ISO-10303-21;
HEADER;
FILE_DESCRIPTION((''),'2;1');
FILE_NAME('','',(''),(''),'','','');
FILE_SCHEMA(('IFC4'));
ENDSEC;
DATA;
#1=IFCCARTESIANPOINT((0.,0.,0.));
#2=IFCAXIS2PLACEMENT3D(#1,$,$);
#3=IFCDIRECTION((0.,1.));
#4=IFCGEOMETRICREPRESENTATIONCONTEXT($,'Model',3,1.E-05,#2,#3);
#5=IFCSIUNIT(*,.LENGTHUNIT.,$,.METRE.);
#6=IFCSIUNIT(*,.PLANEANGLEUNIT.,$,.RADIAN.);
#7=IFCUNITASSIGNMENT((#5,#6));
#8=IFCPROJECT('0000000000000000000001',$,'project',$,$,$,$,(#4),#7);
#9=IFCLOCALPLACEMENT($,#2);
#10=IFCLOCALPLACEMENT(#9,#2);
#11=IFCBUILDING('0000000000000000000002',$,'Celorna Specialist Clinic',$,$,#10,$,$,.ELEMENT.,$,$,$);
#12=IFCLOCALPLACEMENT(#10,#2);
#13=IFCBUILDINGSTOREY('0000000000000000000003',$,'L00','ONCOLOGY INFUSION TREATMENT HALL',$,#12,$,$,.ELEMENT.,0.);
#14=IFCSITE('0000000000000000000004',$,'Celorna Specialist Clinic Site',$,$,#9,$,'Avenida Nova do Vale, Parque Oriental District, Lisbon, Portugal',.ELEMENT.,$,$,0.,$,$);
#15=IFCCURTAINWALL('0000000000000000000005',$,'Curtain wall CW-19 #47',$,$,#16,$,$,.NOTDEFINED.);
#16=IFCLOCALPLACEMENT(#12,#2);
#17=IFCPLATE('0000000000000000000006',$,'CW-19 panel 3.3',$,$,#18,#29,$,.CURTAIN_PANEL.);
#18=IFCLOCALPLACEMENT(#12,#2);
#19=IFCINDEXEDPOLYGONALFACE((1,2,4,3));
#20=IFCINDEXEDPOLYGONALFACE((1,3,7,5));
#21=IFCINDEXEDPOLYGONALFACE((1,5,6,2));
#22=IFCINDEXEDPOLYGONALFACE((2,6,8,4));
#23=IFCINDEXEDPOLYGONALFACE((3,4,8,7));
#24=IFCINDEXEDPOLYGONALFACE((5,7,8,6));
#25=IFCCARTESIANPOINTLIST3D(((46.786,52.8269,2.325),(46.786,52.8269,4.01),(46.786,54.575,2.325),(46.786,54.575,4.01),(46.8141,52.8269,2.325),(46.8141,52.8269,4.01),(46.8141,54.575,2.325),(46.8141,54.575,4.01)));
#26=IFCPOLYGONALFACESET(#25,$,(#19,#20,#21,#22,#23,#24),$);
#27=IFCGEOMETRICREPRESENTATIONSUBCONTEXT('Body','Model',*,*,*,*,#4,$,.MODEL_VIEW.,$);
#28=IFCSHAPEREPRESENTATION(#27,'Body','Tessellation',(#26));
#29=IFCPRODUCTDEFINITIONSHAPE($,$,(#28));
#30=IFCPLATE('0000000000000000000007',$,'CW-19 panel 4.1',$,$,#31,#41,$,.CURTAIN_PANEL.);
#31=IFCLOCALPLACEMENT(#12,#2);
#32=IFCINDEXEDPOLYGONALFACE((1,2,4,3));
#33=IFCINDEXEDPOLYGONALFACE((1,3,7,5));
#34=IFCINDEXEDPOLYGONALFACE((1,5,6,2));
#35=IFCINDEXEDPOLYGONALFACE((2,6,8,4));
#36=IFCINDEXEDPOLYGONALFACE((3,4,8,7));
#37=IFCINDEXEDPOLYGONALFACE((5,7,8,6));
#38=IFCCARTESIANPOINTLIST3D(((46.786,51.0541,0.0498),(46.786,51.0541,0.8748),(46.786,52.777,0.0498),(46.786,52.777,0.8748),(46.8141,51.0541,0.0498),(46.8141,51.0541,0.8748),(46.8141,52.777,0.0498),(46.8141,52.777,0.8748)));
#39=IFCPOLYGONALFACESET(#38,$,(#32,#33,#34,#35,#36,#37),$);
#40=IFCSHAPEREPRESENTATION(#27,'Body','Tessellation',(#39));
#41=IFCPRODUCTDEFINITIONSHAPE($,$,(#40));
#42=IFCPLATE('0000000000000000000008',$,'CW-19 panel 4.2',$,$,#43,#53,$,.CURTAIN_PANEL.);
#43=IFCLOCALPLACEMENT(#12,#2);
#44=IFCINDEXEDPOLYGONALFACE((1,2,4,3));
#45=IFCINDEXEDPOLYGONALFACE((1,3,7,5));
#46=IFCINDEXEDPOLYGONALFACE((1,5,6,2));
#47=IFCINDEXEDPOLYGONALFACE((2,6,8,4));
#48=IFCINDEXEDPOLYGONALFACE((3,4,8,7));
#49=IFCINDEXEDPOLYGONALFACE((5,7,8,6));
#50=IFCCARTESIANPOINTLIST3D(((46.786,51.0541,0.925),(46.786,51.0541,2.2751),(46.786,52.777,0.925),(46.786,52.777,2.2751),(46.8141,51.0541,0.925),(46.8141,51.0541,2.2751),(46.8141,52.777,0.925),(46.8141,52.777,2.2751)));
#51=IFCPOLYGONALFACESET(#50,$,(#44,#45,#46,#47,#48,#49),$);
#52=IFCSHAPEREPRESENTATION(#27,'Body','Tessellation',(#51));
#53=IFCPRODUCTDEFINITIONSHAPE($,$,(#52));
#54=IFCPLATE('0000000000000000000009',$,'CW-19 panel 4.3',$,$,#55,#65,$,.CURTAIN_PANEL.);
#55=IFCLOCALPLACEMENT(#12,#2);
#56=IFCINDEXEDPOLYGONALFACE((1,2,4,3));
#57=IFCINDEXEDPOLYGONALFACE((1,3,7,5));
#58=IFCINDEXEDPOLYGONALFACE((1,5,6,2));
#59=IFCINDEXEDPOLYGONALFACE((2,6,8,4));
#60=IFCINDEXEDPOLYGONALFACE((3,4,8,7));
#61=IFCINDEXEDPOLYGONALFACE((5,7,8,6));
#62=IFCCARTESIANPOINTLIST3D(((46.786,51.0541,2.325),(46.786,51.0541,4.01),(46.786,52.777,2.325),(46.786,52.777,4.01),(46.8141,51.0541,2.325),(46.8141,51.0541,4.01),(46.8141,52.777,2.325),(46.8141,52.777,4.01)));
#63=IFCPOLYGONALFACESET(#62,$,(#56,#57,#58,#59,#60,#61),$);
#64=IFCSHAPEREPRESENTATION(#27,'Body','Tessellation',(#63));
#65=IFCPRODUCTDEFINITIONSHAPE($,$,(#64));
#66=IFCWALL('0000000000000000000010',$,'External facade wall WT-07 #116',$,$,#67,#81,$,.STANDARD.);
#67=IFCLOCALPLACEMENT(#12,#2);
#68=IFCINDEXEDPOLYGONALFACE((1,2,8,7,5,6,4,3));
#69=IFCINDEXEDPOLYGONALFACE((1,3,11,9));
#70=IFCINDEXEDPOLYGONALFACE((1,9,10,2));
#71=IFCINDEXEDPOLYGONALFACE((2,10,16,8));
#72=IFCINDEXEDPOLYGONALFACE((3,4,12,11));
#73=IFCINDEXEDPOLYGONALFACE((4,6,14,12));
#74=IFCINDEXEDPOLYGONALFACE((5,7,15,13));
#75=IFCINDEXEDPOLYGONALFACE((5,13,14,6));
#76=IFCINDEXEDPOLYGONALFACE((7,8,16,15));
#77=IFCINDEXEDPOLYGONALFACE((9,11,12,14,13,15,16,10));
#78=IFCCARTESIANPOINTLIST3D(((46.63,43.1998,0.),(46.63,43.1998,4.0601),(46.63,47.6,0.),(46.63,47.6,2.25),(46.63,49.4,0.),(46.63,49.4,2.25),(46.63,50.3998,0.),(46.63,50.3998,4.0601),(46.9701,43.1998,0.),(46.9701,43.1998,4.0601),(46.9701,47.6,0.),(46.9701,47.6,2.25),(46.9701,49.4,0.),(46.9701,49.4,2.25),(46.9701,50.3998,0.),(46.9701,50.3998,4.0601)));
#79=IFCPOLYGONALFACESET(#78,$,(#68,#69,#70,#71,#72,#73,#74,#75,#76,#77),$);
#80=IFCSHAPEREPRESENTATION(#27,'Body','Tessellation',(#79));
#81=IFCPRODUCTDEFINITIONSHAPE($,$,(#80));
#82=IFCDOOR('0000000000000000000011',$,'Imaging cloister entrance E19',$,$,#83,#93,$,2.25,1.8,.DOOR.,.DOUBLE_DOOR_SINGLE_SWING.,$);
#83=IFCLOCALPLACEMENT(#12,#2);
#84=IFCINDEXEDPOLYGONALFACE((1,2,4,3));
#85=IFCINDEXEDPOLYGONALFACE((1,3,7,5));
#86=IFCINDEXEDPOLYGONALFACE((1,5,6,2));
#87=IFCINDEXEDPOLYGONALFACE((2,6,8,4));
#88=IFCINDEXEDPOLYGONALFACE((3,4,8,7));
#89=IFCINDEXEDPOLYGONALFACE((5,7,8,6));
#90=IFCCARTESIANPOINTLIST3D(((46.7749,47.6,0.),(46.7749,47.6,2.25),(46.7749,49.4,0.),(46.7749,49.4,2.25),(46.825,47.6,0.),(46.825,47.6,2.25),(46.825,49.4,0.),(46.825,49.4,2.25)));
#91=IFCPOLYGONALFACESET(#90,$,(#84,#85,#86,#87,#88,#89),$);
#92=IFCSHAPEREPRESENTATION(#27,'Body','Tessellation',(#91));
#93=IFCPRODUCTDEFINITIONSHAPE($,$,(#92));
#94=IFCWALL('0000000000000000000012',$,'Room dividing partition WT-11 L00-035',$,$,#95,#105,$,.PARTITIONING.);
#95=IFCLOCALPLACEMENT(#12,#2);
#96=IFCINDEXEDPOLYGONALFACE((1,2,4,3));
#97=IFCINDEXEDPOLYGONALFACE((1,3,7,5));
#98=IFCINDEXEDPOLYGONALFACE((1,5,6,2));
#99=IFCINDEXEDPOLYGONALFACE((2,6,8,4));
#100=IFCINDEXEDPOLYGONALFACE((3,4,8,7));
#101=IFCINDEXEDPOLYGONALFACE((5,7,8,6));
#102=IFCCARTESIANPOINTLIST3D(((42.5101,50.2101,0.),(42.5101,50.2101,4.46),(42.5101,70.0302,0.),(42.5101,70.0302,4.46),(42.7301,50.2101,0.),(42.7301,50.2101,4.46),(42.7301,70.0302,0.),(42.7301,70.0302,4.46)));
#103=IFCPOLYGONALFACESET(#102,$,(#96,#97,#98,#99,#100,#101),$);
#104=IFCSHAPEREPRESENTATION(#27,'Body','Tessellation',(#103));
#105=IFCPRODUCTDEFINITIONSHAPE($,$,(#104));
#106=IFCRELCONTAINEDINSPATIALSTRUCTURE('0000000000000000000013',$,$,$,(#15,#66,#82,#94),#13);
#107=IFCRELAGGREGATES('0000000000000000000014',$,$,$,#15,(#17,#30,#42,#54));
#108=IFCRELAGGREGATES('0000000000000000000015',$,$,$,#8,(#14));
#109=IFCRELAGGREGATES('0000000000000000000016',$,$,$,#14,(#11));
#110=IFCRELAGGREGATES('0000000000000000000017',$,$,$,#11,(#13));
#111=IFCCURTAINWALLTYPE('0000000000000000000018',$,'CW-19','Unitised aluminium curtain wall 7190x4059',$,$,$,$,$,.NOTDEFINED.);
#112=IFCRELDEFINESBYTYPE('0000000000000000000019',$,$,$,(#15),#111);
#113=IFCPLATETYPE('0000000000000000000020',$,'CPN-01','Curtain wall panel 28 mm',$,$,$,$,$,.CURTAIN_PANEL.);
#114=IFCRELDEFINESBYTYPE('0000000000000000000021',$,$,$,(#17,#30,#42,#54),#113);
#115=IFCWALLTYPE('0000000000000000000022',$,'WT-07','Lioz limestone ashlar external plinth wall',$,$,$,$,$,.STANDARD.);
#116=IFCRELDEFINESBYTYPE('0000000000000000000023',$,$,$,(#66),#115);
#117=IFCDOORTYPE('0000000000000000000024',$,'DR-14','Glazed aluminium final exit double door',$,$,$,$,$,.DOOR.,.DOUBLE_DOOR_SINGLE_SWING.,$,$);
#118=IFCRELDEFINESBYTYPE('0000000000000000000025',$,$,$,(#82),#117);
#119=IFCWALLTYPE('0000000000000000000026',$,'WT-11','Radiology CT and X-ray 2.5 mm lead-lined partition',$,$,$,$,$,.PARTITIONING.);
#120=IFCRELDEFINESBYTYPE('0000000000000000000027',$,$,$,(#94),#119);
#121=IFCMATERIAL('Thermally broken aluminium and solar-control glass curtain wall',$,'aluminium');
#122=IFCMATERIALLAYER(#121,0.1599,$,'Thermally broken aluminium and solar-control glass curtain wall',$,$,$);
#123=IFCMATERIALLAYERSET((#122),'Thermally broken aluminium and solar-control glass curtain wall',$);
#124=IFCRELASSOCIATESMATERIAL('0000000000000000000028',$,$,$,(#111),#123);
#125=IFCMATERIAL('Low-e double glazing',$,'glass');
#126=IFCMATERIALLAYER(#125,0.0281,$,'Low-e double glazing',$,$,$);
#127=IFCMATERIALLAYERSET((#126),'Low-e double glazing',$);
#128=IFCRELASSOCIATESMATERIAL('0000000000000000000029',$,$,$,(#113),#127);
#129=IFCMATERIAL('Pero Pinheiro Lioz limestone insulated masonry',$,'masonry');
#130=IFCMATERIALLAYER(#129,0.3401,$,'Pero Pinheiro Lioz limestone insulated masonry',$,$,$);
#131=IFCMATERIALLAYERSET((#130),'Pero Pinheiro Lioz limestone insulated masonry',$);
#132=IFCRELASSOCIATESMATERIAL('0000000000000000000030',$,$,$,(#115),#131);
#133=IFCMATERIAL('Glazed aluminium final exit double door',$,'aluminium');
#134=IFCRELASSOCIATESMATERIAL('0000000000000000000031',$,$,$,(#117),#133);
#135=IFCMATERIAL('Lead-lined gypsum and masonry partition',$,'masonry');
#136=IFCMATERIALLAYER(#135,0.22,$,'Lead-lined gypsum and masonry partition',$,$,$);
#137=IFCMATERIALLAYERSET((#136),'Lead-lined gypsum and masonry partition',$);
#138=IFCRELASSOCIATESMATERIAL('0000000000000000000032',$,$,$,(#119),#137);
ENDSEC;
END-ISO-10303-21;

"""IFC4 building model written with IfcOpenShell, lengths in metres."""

from ifc_helpers import new_model, si_unit, direction, frame, frame_2d, origin, origin_2d, place, context, subcontext, project, spatial, rectangle, extrude, material, layer, layer_set, type_object, element, fill, aggregate, save


model = new_model("IFC4")

# Units and contexts
model_context = context("Model", 3, precision=1e-05, world=origin(), true_north=direction((0.0, 1.0)))
body_context = subcontext(model_context, "Body", "Model", "MODEL_VIEW")
ifc_project = project(units=[si_unit("LENGTHUNIT", "METRE"), si_unit("PLANEANGLEUNIT", "RADIAN")], contexts=[model_context])

# Site, building, storey
site_placement = place(None, origin())
site = spatial("IfcSite", under=ifc_project, at=site_placement, Name="Celorna Specialist Clinic Site", LongName="Avenida Nova do Vale, Parque Oriental District, Lisbon, Portugal", CompositionType="ELEMENT", RefElevation=0.0)
building_placement = place(site_placement, origin())
building = spatial("IfcBuilding", under=site, at=building_placement, Name="Celorna Specialist Clinic", CompositionType="ELEMENT")
storey_placement = place(building_placement, origin())
storey = spatial("IfcBuildingStorey", under=building, at=storey_placement, Name="L00", Description="ONCOLOGY INFUSION TREATMENT HALL", CompositionType="ELEMENT", Elevation=0.0)

# Curtain wall, plates
ifc_material_1 = material(Name="Thermally broken aluminium and solar-control glass curtain wall", Category="aluminium")
ifc_layer_1 = layer(ifc_material_1, 0.1599, Name="Thermally broken aluminium and solar-control glass curtain wall")
ifc_layer_set_1 = layer_set([ifc_layer_1], Name="Thermally broken aluminium and solar-control glass curtain wall")
curtain_wall_type = type_object("IfcCurtainWallType", Name="CW-19", Description="Unitised aluminium curtain wall 7190x4059", PredefinedType="NOTDEFINED", material=ifc_layer_set_1)
curtain_wall_placement = place(storey_placement, origin())
curtain_wall = element("IfcCurtainWall", 1, at=curtain_wall_placement, inside=storey, type_object=curtain_wall_type, Name="Curtain wall CW-19 #47", PredefinedType="NOTDEFINED")
ifc_material_2 = material(Name="Low-e double glazing", Category="glass")
ifc_layer_2 = layer(ifc_material_2, 0.0281, Name="Low-e double glazing")
ifc_layer_set_2 = layer_set([ifc_layer_2], Name="Low-e double glazing")
plate_type = type_object("IfcPlateType", Name="CPN-01", Description="Curtain wall panel 28 mm", PredefinedType="CURTAIN_PANEL", material=ifc_layer_set_2)
plate_1_placement = place(storey_placement, frame((46.8, 53.7009, 2.325), z_axis=(0.0, 0.0, 1.0), x_axis=(0.0, -1.0, 0.0)))
plate_1 = element("IfcPlate", 2, at=plate_1_placement, type_object=plate_type, Name="CW-19 panel 3.3", PredefinedType="CURTAIN_PANEL", context=body_context, shape_type="SweptSolid", body=[
    extrude(rectangle(XDim=1.748, YDim=0.0281, at=origin_2d()), origin(), (0.0, 0.0, 1.0), 1.6851),
])
plate_2_placement = place(storey_placement, frame((46.8, 51.9155, 0.0498), z_axis=(0.0, 0.0, 1.0), x_axis=(0.0, -1.0, 0.0)))
plate_2 = element("IfcPlate", 3, at=plate_2_placement, type_object=plate_type, Name="CW-19 panel 4.1", PredefinedType="CURTAIN_PANEL", context=body_context, shape_type="SweptSolid", body=[
    extrude(rectangle(XDim=1.7229, YDim=0.0281, at=origin_2d()), origin(), (0.0, 0.0, 1.0), 0.825),
])
plate_3_placement = place(storey_placement, frame((46.8, 51.9155, 0.925), z_axis=(0.0, 0.0, 1.0), x_axis=(0.0, -1.0, 0.0)))
plate_3 = element("IfcPlate", 4, at=plate_3_placement, type_object=plate_type, Name="CW-19 panel 4.2", PredefinedType="CURTAIN_PANEL", context=body_context, shape_type="SweptSolid", body=[
    extrude(rectangle(XDim=1.7229, YDim=0.0281, at=origin_2d()), origin(), (0.0, 0.0, 1.0), 1.3501),
])
plate_4_placement = place(storey_placement, frame((46.8, 51.9155, 2.325), z_axis=(0.0, 0.0, 1.0), x_axis=(0.0, -1.0, 0.0)))
plate_4 = element("IfcPlate", 5, at=plate_4_placement, type_object=plate_type, Name="CW-19 panel 4.3", PredefinedType="CURTAIN_PANEL", context=body_context, shape_type="SweptSolid", body=[
    extrude(rectangle(XDim=1.7229, YDim=0.0281, at=origin_2d()), origin(), (0.0, 0.0, 1.0), 1.6851),
])
aggregate(curtain_wall, [plate_1, plate_2, plate_3, plate_4])

# Wall, opening, door
ifc_material_3 = material(Name="Pero Pinheiro Lioz limestone insulated masonry", Category="masonry")
ifc_layer_3 = layer(ifc_material_3, 0.3401, Name="Pero Pinheiro Lioz limestone insulated masonry")
ifc_layer_set_3 = layer_set([ifc_layer_3], Name="Pero Pinheiro Lioz limestone insulated masonry")
wall_type_1 = type_object("IfcWallType", Name="WT-07", Description="Lioz limestone ashlar external plinth wall", PredefinedType="STANDARD", material=ifc_layer_set_3)
wall_1_placement = place(storey_placement, frame((46.8, 50.3999, 0.0), z_axis=(0.0, 0.0, 1.0), x_axis=(0.0, -1.0, 0.0)))
wall_1 = element("IfcWall", 6, at=wall_1_placement, inside=storey, type_object=wall_type_1, Name="External facade wall WT-07 #116", PredefinedType="STANDARD", context=body_context, shape_type="SweptSolid", body=[
    extrude(rectangle(XDim=7.2, YDim=0.3401, at=frame_2d((3.6001, 0.0))), origin(), (0.0, 0.0, 1.0), 4.0601),
])
opening_1_placement = place(wall_1_placement, frame((1.0, 0.0, 0.0)))
opening_1 = element("IfcOpeningElement", 7, at=opening_1_placement, cuts=wall_1, PredefinedType="OPENING", context=body_context, shape_type="SweptSolid", body=[
    extrude(rectangle(XDim=1.8, YDim=2.25, at=frame_2d((0.8999, 1.125))), frame((0.0, 0.1799, 0.0), z_axis=(0.0, -1.0, 0.0), x_axis=(1.0, 0.0, 0.0)), (0.0, 0.0, 1.0), 0.3601),
])
ifc_material_4 = material(Name="Glazed aluminium final exit double door", Category="aluminium")
door_type_1 = type_object("IfcDoorType", Name="DR-14", Description="Glazed aluminium final exit double door", OperationType="DOUBLE_DOOR_SINGLE_SWING", PredefinedType="DOOR", material=ifc_material_4)
door_1_placement = place(opening_1_placement, origin())
door_1 = element("IfcDoor", 8, at=door_1_placement, inside=storey, type_object=door_type_1, Name="Imaging cloister entrance E19", OperationType="DOUBLE_DOOR_SINGLE_SWING", OverallHeight=2.25, OverallWidth=1.8, PredefinedType="DOOR", context=body_context, shape_type="SweptSolid", body=[
    extrude(rectangle(XDim=1.8, YDim=2.25, at=frame_2d((0.8999, 1.125))), frame((0.0, 0.0249, 0.0), z_axis=(0.0, -1.0, 0.0), x_axis=(1.0, 0.0, 0.0)), (0.0, 0.0, 1.0), 0.05),
])
fill(opening_1, door_1)
ifc_material_5 = material(Name="Lead-lined gypsum and masonry partition", Category="masonry")
ifc_layer_4 = layer(ifc_material_5, 0.22, Name="Lead-lined gypsum and masonry partition")
ifc_layer_set_4 = layer_set([ifc_layer_4], Name="Lead-lined gypsum and masonry partition")
wall_type_2 = type_object("IfcWallType", Name="WT-11", Description="Radiology CT and X-ray 2.5 mm lead-lined partition", PredefinedType="PARTITIONING", material=ifc_layer_set_4)

# Wall
wall_2_placement = place(storey_placement, frame((42.6201, 50.21, 0.0), z_axis=(0.0, 0.0, 1.0), x_axis=(0.0, 1.0, 0.0)))
element("IfcWall", 9, at=wall_2_placement, inside=storey, type_object=wall_type_2, Name="Room dividing partition WT-11 L00-035", PredefinedType="PARTITIONING", context=body_context, shape_type="SweptSolid", body=[
    extrude(rectangle(XDim=19.8201, YDim=0.22, at=frame_2d((9.9102, 0.0))), origin(), (0.0, 0.0, 1.0), 4.46),
])

save(model, "model.ifc")
